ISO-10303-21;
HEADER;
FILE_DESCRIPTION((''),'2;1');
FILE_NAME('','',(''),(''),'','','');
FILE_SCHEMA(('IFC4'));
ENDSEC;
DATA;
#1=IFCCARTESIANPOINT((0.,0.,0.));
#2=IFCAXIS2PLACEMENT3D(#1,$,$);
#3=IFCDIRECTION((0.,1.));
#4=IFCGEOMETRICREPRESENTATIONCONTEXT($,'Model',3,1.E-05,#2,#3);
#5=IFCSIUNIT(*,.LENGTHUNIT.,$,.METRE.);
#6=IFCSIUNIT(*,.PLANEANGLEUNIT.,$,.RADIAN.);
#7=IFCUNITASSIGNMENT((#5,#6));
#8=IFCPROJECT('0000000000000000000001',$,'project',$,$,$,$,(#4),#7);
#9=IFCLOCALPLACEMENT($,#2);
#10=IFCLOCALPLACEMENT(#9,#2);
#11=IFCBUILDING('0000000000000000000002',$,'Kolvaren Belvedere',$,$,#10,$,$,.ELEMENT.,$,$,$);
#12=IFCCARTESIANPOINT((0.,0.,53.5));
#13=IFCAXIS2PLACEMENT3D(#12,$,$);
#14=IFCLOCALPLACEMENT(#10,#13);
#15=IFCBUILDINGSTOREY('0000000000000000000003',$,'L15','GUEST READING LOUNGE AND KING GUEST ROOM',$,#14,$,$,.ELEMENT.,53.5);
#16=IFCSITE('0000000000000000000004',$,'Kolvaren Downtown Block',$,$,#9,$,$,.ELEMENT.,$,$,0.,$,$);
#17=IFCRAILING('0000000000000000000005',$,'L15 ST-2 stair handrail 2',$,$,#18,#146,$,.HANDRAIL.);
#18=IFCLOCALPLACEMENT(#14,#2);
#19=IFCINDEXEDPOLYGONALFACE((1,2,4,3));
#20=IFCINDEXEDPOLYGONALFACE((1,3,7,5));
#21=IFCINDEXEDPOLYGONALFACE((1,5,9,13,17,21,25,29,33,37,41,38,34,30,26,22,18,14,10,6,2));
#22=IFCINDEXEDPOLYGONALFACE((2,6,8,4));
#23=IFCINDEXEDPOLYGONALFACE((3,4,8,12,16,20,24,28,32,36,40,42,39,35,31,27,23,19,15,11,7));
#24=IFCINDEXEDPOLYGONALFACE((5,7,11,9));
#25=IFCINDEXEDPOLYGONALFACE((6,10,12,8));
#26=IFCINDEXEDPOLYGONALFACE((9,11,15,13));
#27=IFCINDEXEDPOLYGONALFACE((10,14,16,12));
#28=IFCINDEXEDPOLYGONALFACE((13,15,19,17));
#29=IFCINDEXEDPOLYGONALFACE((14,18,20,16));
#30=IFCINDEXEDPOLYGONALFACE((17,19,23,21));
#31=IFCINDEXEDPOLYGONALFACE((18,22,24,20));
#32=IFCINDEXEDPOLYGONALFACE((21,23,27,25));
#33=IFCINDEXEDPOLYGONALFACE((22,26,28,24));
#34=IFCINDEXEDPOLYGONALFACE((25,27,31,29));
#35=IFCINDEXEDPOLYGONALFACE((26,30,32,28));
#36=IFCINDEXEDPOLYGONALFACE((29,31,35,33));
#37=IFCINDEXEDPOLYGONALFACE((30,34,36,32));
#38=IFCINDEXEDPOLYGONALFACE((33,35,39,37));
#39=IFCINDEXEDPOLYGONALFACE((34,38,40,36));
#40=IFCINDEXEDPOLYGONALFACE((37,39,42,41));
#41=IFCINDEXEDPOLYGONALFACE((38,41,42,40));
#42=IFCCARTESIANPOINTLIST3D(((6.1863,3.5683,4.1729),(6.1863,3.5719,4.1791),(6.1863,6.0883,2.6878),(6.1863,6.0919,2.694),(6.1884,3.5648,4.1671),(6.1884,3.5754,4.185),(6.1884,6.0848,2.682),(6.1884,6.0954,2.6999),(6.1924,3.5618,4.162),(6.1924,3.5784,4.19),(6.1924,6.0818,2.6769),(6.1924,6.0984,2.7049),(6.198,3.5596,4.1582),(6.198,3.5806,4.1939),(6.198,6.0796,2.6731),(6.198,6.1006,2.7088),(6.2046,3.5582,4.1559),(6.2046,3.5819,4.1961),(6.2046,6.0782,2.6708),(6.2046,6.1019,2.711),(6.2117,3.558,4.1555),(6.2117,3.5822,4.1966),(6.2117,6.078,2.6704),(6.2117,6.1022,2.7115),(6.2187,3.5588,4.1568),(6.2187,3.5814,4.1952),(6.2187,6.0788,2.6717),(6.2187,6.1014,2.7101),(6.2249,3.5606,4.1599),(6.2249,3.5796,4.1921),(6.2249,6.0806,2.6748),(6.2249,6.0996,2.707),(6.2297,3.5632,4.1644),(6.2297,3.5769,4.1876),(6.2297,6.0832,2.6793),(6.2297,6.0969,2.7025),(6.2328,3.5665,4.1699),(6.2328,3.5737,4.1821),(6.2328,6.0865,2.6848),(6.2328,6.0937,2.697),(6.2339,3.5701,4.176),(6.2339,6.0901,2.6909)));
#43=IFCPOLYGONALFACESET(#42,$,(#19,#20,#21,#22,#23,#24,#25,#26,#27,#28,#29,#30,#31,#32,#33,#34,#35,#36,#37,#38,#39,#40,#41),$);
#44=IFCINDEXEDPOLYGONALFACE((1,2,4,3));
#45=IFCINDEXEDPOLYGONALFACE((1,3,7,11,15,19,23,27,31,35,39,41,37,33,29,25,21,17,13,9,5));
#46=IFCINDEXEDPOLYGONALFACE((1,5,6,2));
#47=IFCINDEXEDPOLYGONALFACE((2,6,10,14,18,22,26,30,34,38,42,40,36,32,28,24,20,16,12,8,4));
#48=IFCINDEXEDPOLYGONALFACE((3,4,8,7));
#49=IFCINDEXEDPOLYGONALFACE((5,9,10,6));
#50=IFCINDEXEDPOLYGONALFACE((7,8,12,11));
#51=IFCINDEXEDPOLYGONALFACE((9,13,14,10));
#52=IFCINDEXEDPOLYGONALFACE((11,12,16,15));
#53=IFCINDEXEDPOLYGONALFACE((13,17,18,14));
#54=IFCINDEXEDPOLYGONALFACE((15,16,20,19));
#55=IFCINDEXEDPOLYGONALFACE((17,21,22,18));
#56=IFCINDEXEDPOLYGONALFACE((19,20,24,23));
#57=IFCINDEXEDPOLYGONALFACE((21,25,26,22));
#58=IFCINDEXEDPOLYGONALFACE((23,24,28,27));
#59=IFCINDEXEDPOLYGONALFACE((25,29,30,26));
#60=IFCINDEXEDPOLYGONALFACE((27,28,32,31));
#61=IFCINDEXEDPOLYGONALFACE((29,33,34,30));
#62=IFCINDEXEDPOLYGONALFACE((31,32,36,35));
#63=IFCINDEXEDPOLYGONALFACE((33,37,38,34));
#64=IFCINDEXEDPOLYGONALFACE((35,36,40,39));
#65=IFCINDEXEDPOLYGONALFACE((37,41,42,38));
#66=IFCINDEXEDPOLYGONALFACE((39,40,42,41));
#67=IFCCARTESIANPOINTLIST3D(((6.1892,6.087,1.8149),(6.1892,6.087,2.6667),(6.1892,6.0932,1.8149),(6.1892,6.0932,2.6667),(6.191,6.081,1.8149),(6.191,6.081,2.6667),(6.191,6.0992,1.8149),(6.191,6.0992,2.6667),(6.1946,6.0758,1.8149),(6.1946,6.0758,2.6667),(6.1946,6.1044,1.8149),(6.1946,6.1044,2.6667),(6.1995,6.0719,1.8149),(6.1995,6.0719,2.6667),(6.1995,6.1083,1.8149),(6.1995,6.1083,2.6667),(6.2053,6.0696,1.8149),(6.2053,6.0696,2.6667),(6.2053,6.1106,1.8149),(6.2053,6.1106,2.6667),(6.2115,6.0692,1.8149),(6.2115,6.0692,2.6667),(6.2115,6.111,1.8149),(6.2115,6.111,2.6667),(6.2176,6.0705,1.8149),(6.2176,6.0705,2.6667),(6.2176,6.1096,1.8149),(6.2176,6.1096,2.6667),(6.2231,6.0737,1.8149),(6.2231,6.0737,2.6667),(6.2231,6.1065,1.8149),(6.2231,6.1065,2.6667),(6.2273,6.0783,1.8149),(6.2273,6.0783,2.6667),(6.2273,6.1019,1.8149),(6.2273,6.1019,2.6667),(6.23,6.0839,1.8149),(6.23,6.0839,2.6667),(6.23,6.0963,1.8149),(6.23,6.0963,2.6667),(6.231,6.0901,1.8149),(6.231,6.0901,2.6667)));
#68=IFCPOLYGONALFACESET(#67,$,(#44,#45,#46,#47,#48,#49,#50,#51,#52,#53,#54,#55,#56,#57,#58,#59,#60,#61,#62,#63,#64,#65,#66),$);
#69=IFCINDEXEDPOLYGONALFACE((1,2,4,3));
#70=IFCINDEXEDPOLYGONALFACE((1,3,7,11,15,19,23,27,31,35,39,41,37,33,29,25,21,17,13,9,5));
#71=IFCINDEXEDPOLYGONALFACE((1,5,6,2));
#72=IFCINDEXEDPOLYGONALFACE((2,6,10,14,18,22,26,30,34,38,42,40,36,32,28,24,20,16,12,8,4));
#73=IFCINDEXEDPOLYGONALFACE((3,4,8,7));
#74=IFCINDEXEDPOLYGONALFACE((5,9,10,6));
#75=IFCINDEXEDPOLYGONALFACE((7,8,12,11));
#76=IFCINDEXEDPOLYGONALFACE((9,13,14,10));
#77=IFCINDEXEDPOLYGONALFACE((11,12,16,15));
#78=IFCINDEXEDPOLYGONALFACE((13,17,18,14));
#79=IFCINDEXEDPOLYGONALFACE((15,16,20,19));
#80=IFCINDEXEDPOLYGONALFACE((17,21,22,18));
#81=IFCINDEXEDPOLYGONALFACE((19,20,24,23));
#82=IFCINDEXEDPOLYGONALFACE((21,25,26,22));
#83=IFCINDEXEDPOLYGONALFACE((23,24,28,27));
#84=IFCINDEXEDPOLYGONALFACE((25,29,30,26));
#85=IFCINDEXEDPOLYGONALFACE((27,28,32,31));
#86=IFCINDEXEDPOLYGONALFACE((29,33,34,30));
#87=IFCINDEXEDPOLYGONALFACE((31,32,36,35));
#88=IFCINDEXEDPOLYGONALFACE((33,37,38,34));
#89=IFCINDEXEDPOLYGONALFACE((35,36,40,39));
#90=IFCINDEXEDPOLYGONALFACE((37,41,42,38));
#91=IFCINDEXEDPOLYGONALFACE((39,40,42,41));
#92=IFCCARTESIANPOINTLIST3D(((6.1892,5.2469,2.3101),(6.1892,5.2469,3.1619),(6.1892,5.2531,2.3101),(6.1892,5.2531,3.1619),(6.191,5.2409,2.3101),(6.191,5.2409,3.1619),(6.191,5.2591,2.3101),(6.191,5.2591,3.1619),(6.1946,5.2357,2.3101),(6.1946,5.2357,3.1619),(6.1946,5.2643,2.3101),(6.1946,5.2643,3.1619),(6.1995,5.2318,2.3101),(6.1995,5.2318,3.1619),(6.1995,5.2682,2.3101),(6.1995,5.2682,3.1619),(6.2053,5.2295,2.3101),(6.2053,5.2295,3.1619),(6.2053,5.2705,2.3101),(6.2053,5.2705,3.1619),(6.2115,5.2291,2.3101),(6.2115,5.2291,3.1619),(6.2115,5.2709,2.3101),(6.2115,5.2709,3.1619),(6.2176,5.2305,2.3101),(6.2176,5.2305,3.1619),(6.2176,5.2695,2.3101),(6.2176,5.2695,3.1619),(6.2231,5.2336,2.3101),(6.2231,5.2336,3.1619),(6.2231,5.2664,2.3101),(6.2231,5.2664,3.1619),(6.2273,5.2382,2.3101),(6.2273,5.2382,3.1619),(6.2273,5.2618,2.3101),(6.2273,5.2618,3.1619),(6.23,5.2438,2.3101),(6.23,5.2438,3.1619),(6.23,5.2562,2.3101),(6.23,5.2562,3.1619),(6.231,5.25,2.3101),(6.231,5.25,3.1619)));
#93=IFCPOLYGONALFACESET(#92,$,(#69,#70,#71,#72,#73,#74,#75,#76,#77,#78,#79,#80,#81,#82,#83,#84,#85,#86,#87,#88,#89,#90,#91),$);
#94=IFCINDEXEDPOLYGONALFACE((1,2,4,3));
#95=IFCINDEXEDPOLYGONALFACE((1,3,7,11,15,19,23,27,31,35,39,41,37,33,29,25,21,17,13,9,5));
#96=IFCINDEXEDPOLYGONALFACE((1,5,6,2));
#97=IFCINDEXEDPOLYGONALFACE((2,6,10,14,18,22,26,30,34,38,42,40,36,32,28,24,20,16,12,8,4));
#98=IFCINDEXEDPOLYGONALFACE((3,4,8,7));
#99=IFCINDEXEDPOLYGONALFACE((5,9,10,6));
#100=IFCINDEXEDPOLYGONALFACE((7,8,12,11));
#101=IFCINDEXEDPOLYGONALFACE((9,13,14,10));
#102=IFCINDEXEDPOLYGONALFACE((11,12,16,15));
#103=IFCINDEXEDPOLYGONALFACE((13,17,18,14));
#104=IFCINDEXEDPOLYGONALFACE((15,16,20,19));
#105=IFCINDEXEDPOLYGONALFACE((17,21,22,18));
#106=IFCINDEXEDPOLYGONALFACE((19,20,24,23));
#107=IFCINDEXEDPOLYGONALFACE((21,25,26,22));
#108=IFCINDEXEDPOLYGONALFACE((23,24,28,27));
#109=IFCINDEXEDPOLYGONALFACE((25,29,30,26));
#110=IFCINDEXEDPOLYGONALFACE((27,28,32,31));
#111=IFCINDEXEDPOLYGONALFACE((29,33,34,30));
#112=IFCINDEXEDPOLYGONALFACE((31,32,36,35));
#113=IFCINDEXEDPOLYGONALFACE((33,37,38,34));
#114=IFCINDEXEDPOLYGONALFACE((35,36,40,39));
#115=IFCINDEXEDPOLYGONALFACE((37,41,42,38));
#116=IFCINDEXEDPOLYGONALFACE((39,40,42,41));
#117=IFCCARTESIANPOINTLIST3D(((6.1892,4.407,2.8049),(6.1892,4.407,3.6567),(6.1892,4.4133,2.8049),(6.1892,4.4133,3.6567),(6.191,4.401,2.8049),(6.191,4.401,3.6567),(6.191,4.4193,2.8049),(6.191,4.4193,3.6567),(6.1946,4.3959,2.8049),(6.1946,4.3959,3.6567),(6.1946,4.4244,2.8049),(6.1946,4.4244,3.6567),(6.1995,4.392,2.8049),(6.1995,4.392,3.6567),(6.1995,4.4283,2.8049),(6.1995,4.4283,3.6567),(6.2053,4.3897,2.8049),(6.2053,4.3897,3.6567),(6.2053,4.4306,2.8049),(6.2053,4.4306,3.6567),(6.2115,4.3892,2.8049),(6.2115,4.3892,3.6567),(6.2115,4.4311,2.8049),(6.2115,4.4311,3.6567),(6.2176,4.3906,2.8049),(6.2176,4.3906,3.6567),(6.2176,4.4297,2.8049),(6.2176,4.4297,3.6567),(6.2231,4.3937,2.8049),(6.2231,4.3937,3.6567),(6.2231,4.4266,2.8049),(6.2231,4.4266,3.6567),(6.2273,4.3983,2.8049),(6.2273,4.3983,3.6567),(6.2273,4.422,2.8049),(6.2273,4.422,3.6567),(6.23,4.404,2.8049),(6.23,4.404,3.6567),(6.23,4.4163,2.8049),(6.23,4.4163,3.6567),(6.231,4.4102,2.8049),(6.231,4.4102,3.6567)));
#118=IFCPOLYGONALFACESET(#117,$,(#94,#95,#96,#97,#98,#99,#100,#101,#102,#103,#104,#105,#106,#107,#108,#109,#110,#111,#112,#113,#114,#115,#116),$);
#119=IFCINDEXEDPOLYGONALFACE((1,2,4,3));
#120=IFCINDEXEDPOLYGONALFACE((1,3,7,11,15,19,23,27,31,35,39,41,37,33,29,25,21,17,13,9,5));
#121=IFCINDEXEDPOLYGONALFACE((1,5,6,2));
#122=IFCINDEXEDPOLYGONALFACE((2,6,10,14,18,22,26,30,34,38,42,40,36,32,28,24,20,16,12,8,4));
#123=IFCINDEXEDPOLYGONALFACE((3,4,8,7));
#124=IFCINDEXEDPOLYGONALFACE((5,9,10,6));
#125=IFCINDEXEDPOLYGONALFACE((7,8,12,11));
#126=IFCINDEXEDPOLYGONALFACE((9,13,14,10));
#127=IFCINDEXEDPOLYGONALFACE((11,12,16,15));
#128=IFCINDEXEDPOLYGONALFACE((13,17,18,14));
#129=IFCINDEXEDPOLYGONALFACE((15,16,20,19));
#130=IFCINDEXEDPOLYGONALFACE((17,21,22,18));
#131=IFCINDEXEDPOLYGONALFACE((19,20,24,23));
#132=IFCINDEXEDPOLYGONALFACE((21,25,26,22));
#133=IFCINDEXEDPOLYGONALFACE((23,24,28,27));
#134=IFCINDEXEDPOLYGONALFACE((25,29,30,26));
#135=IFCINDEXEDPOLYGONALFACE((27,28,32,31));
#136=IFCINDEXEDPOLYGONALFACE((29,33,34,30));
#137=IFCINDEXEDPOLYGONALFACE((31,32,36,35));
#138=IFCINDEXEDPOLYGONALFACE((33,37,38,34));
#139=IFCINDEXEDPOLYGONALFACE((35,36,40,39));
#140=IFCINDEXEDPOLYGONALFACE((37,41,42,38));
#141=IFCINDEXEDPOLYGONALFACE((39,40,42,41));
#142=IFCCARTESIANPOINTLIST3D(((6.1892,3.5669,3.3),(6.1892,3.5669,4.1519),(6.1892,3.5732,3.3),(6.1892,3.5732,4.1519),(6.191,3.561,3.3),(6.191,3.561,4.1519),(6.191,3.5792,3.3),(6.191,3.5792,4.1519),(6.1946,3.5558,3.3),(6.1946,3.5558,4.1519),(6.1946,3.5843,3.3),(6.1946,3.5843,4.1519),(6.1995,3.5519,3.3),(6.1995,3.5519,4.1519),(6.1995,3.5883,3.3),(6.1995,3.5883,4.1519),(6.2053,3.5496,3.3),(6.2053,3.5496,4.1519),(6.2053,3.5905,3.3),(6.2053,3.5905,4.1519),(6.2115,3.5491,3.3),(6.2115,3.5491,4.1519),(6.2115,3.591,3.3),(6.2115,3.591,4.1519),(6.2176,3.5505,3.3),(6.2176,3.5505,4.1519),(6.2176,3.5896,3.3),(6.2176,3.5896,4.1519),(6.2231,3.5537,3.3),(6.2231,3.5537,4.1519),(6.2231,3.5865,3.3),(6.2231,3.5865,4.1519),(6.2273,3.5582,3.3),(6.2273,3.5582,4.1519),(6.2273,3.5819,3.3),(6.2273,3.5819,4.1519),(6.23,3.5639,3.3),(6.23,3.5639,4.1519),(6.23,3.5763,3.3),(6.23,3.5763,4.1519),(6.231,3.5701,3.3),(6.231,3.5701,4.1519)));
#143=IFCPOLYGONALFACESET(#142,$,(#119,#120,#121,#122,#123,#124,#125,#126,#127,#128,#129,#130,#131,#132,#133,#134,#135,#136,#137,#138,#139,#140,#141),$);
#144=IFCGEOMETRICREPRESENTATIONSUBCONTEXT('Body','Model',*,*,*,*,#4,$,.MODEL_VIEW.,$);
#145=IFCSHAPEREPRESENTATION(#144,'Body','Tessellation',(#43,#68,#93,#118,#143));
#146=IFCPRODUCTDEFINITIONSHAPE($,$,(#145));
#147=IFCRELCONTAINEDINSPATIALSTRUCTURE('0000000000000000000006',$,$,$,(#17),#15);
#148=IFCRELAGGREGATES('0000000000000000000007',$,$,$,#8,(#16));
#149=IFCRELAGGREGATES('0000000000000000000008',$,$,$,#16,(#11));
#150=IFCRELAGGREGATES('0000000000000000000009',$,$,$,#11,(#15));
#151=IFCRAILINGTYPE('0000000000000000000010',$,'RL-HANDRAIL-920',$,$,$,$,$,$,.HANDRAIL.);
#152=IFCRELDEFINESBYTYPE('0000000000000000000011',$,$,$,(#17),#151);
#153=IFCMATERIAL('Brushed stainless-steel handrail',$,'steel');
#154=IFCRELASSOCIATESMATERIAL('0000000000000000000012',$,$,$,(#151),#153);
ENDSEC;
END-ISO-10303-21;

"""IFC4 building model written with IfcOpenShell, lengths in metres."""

from ifc_helpers import new_model, si_unit, direction, frame, origin, origin_2d, place, context, subcontext, project, spatial, circle, extrude, material, type_object, element, save


model = new_model("IFC4")

# Units and contexts
model_context = context("Model", 3, precision=1e-05, world=origin(), true_north=direction((0.0, 1.0)))
body_context = subcontext(model_context, "Body", "Model", "MODEL_VIEW")
ifc_project = project(units=[si_unit("LENGTHUNIT", "METRE"), si_unit("PLANEANGLEUNIT", "RADIAN")], contexts=[model_context])

# Site, building, storey
site_placement = place(None, origin())
site = spatial("IfcSite", under=ifc_project, at=site_placement, Name="Kolvaren Downtown Block", CompositionType="ELEMENT", RefElevation=0.0)
building_placement = place(site_placement, origin())
building = spatial("IfcBuilding", under=site, at=building_placement, Name="Kolvaren Belvedere", CompositionType="ELEMENT")
storey_placement = place(building_placement, frame((0.0, 0.0, 53.5)))
storey = spatial("IfcBuildingStorey", under=building, at=storey_placement, Name="L15", Description="GUEST READING LOUNGE AND KING GUEST ROOM", CompositionType="ELEMENT", Elevation=53.5)

# Railing
ifc_material_1 = material(Name="Brushed stainless-steel handrail", Category="steel")
railing_type_1 = type_object("IfcRailingType", Name="RL-HANDRAIL-920", PredefinedType="HANDRAIL", material=ifc_material_1)
railing_1_placement = place(storey_placement, frame((6.21, 6.0901, 1.8149)))
element("IfcRailing", 1, at=railing_1_placement, inside=storey, type_object=railing_type_1, Name="L15 ST-2 stair handrail 2", PredefinedType="HANDRAIL", context=body_context, shape_type="SweptSolid", body=[
    extrude(circle(Radius=0.0239, at=origin_2d()), frame((0.0, 0.0, 0.876), z_axis=(0.0, -0.861524, 0.507717), x_axis=(1.0, 0.0, 0.0)), (0.0, 0.0, 1.0), 2.925),
    extrude(circle(Radius=0.021, at=origin_2d()), origin(), (0.0, 0.0, 1.0), 0.8518),
    extrude(circle(Radius=0.021, at=origin_2d()), frame((0.0, -0.8401, 0.4951)), (0.0, 0.0, 1.0), 0.8518),
    extrude(circle(Radius=0.021, at=origin_2d()), frame((0.0, -1.6799, 0.99)), (0.0, 0.0, 1.0), 0.8518),
    extrude(circle(Radius=0.021, at=origin_2d()), frame((0.0, -2.52, 1.4851)), (0.0, 0.0, 1.0), 0.8518),
])

save(model, "model.ifc")
